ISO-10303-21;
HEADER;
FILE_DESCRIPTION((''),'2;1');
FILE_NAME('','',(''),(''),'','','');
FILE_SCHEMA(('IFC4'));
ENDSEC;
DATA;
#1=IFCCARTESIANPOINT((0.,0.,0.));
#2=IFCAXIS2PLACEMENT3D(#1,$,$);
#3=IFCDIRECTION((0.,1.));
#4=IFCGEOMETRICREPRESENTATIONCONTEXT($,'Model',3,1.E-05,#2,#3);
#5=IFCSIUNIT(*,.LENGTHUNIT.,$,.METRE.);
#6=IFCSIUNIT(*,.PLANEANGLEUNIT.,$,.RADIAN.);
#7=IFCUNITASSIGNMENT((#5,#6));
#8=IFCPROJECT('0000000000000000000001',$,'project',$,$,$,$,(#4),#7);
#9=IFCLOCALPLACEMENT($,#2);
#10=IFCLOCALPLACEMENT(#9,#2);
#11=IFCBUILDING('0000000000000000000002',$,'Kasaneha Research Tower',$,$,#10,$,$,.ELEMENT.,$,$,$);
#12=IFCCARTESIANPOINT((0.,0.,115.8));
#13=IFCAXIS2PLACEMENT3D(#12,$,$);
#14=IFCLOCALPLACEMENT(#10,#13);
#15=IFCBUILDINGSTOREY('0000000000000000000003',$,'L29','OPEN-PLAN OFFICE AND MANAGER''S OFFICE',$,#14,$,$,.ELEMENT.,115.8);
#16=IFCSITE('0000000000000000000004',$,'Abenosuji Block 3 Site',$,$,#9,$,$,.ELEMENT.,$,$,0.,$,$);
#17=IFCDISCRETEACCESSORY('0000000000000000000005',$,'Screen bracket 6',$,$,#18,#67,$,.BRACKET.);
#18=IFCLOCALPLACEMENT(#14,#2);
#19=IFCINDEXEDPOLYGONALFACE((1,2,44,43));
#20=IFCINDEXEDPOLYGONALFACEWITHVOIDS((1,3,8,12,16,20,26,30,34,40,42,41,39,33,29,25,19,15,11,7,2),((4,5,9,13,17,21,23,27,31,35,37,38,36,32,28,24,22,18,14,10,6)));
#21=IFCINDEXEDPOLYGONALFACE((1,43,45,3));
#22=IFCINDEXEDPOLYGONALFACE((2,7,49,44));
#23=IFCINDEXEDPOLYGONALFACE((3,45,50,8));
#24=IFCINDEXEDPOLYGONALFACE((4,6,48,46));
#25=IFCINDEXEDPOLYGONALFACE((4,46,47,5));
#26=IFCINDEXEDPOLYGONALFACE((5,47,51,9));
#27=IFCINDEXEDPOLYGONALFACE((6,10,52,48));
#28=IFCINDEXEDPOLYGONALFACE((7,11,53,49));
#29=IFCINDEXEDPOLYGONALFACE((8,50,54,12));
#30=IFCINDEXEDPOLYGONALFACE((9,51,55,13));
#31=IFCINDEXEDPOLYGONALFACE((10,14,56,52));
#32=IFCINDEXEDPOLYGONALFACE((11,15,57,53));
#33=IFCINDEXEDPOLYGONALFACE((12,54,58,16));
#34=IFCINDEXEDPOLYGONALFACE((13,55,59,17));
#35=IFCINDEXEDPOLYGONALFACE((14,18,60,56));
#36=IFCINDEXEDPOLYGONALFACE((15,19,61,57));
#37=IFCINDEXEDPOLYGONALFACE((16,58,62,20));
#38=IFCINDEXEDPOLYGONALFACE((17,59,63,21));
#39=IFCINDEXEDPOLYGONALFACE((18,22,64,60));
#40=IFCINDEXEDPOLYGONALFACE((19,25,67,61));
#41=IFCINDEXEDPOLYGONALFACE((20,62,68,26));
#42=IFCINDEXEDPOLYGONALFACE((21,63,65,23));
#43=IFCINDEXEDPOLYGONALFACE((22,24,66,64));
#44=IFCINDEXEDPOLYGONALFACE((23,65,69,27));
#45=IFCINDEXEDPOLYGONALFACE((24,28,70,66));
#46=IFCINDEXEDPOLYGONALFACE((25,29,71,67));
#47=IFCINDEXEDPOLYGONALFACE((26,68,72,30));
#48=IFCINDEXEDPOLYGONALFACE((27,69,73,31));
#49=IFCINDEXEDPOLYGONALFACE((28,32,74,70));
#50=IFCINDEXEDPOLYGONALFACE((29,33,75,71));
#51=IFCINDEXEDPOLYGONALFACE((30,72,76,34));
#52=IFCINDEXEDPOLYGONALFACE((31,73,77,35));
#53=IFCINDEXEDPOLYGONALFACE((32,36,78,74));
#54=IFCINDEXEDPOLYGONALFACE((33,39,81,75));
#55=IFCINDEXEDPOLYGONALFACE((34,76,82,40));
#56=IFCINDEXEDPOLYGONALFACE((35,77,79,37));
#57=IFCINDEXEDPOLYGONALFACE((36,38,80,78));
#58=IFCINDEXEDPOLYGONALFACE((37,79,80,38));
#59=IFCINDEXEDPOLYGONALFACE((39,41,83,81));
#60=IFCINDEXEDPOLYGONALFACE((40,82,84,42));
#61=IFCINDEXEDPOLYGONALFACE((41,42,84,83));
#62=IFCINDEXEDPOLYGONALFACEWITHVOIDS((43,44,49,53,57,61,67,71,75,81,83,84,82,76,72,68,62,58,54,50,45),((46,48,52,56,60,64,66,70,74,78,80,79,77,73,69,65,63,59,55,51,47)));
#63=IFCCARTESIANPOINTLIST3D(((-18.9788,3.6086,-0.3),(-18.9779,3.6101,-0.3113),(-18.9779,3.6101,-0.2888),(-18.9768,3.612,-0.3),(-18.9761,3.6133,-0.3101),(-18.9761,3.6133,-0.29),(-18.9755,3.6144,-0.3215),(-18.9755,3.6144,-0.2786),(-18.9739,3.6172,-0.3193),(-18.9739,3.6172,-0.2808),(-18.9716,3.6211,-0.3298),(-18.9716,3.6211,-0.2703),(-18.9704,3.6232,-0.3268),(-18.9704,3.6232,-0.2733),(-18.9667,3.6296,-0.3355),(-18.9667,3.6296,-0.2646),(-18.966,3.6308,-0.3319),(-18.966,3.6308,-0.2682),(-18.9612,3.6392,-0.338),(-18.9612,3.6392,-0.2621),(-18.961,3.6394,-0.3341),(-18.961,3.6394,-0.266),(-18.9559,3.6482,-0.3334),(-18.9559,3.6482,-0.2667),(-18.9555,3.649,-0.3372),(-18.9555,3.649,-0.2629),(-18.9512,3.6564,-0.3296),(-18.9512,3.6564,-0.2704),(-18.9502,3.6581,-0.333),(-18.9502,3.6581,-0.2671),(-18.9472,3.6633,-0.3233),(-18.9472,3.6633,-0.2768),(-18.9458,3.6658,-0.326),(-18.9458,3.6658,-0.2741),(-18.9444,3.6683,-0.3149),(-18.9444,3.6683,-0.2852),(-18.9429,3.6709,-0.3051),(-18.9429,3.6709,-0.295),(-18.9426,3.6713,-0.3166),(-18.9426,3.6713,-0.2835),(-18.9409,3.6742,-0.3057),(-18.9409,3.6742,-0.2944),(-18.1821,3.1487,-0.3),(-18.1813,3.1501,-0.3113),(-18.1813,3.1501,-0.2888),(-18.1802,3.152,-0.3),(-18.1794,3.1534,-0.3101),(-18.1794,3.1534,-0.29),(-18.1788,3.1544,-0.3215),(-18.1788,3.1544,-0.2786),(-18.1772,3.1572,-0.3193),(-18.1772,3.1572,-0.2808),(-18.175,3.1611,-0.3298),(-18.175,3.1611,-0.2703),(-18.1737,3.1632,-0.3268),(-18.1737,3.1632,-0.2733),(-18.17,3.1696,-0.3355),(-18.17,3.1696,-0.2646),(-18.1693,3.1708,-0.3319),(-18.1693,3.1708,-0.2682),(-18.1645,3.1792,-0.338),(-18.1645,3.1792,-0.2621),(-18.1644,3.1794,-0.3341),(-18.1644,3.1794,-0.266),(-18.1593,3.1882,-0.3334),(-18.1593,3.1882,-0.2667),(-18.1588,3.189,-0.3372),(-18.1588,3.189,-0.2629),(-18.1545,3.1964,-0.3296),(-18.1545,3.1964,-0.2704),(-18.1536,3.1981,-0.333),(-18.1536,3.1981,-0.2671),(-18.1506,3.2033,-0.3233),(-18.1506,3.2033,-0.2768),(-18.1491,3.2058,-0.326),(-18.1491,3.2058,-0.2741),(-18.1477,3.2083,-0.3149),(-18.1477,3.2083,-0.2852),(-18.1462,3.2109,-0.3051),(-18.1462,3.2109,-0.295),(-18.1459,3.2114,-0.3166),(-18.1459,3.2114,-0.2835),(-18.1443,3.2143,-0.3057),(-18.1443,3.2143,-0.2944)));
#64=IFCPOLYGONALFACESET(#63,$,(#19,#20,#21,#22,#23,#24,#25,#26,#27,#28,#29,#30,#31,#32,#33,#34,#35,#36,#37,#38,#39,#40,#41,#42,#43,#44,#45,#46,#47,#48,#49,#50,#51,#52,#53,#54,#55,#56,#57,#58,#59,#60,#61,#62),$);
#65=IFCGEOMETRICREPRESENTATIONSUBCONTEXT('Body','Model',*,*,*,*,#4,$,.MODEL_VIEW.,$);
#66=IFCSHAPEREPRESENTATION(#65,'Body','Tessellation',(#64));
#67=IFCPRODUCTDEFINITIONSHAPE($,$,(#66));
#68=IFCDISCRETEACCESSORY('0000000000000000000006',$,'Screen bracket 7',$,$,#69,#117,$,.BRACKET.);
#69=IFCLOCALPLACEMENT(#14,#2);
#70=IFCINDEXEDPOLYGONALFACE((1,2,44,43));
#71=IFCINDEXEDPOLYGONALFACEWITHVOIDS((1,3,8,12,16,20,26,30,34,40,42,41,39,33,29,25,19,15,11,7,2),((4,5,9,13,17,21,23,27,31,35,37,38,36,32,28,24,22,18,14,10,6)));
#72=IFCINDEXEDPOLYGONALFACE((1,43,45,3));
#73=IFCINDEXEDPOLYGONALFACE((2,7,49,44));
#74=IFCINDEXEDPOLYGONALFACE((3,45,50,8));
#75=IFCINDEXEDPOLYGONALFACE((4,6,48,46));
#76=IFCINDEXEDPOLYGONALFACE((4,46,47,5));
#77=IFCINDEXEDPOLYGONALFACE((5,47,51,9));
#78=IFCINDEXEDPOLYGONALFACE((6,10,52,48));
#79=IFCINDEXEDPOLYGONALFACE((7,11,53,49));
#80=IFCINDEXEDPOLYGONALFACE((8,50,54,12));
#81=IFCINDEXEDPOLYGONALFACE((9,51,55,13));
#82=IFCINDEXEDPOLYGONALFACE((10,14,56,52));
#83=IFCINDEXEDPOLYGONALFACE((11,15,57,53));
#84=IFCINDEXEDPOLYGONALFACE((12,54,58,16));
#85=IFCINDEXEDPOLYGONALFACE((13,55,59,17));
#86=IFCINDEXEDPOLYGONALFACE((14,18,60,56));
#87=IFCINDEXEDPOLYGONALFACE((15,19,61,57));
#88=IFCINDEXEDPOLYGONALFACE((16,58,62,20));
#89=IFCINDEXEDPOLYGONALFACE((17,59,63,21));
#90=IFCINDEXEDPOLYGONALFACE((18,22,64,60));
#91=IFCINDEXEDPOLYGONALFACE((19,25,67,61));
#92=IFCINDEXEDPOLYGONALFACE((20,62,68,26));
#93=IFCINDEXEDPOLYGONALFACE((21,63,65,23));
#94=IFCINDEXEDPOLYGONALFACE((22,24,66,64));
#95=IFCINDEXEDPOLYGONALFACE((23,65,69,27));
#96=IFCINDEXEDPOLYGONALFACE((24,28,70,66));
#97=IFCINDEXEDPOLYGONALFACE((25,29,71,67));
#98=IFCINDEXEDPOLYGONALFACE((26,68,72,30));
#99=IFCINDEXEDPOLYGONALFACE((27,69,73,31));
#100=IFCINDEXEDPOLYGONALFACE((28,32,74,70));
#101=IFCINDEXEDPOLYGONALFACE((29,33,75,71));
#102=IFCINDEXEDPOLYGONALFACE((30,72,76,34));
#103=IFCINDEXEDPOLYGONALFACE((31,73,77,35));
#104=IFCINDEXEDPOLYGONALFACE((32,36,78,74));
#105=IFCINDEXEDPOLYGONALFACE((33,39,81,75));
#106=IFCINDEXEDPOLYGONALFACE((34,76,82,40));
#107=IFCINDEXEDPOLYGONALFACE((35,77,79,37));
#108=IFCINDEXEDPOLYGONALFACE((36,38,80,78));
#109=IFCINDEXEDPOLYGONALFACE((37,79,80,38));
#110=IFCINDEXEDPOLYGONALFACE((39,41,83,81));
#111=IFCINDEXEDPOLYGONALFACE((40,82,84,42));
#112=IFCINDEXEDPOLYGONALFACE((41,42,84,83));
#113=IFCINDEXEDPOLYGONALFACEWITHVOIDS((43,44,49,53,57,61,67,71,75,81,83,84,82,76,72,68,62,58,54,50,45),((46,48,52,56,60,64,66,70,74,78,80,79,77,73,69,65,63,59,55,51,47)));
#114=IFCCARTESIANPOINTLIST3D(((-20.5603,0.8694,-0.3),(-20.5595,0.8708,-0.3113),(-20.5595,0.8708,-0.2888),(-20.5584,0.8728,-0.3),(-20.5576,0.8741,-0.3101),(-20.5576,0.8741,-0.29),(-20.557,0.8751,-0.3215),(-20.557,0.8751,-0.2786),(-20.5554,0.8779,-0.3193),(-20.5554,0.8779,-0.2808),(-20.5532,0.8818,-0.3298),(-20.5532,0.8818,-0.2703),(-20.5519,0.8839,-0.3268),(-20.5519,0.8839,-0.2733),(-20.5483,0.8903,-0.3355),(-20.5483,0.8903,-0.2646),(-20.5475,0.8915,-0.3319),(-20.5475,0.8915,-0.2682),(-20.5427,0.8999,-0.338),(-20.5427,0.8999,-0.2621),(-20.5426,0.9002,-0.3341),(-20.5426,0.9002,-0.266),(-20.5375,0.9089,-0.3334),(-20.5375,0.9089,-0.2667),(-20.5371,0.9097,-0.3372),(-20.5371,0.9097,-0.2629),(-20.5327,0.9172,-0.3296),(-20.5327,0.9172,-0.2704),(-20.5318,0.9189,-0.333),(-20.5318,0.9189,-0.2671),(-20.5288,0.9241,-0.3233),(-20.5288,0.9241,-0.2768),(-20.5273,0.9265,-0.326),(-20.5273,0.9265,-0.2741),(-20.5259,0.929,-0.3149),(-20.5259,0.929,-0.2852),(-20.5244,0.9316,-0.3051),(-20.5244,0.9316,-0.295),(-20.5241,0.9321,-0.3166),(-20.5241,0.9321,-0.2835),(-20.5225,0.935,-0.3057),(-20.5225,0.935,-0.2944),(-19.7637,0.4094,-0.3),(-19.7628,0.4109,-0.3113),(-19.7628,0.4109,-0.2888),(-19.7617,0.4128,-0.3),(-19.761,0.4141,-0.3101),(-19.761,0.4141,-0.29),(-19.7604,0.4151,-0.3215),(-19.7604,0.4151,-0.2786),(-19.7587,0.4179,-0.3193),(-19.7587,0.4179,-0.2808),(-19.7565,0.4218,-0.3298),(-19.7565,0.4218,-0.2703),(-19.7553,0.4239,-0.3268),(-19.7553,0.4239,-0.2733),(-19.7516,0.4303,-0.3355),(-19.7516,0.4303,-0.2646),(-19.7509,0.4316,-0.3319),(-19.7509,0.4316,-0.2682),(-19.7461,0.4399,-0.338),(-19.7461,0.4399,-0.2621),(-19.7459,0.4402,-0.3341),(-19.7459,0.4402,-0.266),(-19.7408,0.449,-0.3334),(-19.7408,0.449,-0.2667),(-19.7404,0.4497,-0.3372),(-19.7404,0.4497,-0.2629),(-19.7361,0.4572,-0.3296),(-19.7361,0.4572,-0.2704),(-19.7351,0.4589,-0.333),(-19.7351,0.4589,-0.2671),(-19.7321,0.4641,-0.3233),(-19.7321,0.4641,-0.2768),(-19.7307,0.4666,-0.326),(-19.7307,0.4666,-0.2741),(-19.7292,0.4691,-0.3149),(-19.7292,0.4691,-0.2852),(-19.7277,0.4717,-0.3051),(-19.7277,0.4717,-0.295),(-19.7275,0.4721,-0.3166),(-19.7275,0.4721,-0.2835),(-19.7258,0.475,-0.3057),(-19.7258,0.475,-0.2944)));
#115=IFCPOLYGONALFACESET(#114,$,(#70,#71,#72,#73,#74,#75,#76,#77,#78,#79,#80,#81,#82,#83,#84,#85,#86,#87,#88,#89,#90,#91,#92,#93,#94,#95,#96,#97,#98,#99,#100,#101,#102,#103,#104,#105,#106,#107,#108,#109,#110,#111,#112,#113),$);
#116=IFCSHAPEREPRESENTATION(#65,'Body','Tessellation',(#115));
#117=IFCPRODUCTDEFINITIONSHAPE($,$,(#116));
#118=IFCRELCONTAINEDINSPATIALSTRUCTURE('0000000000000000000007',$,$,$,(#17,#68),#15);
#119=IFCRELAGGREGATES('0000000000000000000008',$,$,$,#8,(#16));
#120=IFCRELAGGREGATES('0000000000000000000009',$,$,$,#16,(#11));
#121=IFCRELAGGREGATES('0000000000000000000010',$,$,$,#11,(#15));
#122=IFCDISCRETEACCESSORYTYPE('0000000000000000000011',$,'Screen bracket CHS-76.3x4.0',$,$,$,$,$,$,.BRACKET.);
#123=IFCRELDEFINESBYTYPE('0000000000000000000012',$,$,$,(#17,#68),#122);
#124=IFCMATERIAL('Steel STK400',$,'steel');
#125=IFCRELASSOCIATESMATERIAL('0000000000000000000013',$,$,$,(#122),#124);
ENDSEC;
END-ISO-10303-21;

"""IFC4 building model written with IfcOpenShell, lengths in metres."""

from ifc_helpers import new_model, si_unit, direction, frame, origin, origin_2d, place, context, subcontext, project, spatial, hollow_circle, extrude, material, material_profile, profile_set, type_object, element, save


model = new_model("IFC4")

# Units and contexts
model_context = context("Model", 3, precision=1e-05, world=origin(), true_north=direction((0.0, 1.0)))
body_context = subcontext(model_context, "Body", "Model", "MODEL_VIEW")
ifc_project = project(units=[si_unit("LENGTHUNIT", "METRE"), si_unit("PLANEANGLEUNIT", "RADIAN")], contexts=[model_context])

# Site, building, storey
site_placement = place(None, origin())
site = spatial("IfcSite", under=ifc_project, at=site_placement, Name="Abenosuji Block 3 Site", CompositionType="ELEMENT", RefElevation=0.0)
building_placement = place(site_placement, origin())
building = spatial("IfcBuilding", under=site, at=building_placement, Name="Kasaneha Research Tower", CompositionType="ELEMENT")
storey_placement = place(building_placement, frame((0.0, 0.0, 115.8)))
storey = spatial("IfcBuildingStorey", under=building, at=storey_placement, Name="L29", Description="OPEN-PLAN OFFICE AND MANAGER'S OFFICE", CompositionType="ELEMENT", Elevation=115.8)

# Discrete accessories
ifc_material_1 = material(Name="Steel STK400", Category="steel")
ifc_material_profile_1 = material_profile(ifc_material_1, hollow_circle(Radius=0.0381, WallThickness=0.0039, at=origin_2d()), Name="CHS-76.3x4.0")
ifc_profile_set_1 = profile_set([ifc_material_profile_1], Name="Steel STK400")
discrete_accessory_type = type_object("IfcDiscreteAccessoryType", Name="Screen bracket CHS-76.3x4.0", PredefinedType="BRACKET", material=ifc_profile_set_1)
for number, where, z_axis, x_axis, name in (
    (1, (-18.1631, 3.1816, -0.3), (-0.866013, 0.500021, 0.0), (-0.500021, -0.866013, 0.0), "Screen bracket 6"),
    (2, (-19.7446, 0.4424, -0.3), (-0.866013, 0.500021, 0.0), (-0.500021, -0.866013, 0.0), "Screen bracket 7"),
):
    element("IfcDiscreteAccessory", number, at=place(storey_placement, frame(where, z_axis=z_axis, x_axis=x_axis)), inside=storey, type_object=discrete_accessory_type, Name=name, PredefinedType="BRACKET", context=body_context, shape_type="SweptSolid", body=[
        extrude(hollow_circle(Radius=0.0381, WallThickness=0.0039, at=origin_2d()), origin(), (0.0, 0.0, 1.0), 0.9199),
    ])

save(model, "model.ifc")
